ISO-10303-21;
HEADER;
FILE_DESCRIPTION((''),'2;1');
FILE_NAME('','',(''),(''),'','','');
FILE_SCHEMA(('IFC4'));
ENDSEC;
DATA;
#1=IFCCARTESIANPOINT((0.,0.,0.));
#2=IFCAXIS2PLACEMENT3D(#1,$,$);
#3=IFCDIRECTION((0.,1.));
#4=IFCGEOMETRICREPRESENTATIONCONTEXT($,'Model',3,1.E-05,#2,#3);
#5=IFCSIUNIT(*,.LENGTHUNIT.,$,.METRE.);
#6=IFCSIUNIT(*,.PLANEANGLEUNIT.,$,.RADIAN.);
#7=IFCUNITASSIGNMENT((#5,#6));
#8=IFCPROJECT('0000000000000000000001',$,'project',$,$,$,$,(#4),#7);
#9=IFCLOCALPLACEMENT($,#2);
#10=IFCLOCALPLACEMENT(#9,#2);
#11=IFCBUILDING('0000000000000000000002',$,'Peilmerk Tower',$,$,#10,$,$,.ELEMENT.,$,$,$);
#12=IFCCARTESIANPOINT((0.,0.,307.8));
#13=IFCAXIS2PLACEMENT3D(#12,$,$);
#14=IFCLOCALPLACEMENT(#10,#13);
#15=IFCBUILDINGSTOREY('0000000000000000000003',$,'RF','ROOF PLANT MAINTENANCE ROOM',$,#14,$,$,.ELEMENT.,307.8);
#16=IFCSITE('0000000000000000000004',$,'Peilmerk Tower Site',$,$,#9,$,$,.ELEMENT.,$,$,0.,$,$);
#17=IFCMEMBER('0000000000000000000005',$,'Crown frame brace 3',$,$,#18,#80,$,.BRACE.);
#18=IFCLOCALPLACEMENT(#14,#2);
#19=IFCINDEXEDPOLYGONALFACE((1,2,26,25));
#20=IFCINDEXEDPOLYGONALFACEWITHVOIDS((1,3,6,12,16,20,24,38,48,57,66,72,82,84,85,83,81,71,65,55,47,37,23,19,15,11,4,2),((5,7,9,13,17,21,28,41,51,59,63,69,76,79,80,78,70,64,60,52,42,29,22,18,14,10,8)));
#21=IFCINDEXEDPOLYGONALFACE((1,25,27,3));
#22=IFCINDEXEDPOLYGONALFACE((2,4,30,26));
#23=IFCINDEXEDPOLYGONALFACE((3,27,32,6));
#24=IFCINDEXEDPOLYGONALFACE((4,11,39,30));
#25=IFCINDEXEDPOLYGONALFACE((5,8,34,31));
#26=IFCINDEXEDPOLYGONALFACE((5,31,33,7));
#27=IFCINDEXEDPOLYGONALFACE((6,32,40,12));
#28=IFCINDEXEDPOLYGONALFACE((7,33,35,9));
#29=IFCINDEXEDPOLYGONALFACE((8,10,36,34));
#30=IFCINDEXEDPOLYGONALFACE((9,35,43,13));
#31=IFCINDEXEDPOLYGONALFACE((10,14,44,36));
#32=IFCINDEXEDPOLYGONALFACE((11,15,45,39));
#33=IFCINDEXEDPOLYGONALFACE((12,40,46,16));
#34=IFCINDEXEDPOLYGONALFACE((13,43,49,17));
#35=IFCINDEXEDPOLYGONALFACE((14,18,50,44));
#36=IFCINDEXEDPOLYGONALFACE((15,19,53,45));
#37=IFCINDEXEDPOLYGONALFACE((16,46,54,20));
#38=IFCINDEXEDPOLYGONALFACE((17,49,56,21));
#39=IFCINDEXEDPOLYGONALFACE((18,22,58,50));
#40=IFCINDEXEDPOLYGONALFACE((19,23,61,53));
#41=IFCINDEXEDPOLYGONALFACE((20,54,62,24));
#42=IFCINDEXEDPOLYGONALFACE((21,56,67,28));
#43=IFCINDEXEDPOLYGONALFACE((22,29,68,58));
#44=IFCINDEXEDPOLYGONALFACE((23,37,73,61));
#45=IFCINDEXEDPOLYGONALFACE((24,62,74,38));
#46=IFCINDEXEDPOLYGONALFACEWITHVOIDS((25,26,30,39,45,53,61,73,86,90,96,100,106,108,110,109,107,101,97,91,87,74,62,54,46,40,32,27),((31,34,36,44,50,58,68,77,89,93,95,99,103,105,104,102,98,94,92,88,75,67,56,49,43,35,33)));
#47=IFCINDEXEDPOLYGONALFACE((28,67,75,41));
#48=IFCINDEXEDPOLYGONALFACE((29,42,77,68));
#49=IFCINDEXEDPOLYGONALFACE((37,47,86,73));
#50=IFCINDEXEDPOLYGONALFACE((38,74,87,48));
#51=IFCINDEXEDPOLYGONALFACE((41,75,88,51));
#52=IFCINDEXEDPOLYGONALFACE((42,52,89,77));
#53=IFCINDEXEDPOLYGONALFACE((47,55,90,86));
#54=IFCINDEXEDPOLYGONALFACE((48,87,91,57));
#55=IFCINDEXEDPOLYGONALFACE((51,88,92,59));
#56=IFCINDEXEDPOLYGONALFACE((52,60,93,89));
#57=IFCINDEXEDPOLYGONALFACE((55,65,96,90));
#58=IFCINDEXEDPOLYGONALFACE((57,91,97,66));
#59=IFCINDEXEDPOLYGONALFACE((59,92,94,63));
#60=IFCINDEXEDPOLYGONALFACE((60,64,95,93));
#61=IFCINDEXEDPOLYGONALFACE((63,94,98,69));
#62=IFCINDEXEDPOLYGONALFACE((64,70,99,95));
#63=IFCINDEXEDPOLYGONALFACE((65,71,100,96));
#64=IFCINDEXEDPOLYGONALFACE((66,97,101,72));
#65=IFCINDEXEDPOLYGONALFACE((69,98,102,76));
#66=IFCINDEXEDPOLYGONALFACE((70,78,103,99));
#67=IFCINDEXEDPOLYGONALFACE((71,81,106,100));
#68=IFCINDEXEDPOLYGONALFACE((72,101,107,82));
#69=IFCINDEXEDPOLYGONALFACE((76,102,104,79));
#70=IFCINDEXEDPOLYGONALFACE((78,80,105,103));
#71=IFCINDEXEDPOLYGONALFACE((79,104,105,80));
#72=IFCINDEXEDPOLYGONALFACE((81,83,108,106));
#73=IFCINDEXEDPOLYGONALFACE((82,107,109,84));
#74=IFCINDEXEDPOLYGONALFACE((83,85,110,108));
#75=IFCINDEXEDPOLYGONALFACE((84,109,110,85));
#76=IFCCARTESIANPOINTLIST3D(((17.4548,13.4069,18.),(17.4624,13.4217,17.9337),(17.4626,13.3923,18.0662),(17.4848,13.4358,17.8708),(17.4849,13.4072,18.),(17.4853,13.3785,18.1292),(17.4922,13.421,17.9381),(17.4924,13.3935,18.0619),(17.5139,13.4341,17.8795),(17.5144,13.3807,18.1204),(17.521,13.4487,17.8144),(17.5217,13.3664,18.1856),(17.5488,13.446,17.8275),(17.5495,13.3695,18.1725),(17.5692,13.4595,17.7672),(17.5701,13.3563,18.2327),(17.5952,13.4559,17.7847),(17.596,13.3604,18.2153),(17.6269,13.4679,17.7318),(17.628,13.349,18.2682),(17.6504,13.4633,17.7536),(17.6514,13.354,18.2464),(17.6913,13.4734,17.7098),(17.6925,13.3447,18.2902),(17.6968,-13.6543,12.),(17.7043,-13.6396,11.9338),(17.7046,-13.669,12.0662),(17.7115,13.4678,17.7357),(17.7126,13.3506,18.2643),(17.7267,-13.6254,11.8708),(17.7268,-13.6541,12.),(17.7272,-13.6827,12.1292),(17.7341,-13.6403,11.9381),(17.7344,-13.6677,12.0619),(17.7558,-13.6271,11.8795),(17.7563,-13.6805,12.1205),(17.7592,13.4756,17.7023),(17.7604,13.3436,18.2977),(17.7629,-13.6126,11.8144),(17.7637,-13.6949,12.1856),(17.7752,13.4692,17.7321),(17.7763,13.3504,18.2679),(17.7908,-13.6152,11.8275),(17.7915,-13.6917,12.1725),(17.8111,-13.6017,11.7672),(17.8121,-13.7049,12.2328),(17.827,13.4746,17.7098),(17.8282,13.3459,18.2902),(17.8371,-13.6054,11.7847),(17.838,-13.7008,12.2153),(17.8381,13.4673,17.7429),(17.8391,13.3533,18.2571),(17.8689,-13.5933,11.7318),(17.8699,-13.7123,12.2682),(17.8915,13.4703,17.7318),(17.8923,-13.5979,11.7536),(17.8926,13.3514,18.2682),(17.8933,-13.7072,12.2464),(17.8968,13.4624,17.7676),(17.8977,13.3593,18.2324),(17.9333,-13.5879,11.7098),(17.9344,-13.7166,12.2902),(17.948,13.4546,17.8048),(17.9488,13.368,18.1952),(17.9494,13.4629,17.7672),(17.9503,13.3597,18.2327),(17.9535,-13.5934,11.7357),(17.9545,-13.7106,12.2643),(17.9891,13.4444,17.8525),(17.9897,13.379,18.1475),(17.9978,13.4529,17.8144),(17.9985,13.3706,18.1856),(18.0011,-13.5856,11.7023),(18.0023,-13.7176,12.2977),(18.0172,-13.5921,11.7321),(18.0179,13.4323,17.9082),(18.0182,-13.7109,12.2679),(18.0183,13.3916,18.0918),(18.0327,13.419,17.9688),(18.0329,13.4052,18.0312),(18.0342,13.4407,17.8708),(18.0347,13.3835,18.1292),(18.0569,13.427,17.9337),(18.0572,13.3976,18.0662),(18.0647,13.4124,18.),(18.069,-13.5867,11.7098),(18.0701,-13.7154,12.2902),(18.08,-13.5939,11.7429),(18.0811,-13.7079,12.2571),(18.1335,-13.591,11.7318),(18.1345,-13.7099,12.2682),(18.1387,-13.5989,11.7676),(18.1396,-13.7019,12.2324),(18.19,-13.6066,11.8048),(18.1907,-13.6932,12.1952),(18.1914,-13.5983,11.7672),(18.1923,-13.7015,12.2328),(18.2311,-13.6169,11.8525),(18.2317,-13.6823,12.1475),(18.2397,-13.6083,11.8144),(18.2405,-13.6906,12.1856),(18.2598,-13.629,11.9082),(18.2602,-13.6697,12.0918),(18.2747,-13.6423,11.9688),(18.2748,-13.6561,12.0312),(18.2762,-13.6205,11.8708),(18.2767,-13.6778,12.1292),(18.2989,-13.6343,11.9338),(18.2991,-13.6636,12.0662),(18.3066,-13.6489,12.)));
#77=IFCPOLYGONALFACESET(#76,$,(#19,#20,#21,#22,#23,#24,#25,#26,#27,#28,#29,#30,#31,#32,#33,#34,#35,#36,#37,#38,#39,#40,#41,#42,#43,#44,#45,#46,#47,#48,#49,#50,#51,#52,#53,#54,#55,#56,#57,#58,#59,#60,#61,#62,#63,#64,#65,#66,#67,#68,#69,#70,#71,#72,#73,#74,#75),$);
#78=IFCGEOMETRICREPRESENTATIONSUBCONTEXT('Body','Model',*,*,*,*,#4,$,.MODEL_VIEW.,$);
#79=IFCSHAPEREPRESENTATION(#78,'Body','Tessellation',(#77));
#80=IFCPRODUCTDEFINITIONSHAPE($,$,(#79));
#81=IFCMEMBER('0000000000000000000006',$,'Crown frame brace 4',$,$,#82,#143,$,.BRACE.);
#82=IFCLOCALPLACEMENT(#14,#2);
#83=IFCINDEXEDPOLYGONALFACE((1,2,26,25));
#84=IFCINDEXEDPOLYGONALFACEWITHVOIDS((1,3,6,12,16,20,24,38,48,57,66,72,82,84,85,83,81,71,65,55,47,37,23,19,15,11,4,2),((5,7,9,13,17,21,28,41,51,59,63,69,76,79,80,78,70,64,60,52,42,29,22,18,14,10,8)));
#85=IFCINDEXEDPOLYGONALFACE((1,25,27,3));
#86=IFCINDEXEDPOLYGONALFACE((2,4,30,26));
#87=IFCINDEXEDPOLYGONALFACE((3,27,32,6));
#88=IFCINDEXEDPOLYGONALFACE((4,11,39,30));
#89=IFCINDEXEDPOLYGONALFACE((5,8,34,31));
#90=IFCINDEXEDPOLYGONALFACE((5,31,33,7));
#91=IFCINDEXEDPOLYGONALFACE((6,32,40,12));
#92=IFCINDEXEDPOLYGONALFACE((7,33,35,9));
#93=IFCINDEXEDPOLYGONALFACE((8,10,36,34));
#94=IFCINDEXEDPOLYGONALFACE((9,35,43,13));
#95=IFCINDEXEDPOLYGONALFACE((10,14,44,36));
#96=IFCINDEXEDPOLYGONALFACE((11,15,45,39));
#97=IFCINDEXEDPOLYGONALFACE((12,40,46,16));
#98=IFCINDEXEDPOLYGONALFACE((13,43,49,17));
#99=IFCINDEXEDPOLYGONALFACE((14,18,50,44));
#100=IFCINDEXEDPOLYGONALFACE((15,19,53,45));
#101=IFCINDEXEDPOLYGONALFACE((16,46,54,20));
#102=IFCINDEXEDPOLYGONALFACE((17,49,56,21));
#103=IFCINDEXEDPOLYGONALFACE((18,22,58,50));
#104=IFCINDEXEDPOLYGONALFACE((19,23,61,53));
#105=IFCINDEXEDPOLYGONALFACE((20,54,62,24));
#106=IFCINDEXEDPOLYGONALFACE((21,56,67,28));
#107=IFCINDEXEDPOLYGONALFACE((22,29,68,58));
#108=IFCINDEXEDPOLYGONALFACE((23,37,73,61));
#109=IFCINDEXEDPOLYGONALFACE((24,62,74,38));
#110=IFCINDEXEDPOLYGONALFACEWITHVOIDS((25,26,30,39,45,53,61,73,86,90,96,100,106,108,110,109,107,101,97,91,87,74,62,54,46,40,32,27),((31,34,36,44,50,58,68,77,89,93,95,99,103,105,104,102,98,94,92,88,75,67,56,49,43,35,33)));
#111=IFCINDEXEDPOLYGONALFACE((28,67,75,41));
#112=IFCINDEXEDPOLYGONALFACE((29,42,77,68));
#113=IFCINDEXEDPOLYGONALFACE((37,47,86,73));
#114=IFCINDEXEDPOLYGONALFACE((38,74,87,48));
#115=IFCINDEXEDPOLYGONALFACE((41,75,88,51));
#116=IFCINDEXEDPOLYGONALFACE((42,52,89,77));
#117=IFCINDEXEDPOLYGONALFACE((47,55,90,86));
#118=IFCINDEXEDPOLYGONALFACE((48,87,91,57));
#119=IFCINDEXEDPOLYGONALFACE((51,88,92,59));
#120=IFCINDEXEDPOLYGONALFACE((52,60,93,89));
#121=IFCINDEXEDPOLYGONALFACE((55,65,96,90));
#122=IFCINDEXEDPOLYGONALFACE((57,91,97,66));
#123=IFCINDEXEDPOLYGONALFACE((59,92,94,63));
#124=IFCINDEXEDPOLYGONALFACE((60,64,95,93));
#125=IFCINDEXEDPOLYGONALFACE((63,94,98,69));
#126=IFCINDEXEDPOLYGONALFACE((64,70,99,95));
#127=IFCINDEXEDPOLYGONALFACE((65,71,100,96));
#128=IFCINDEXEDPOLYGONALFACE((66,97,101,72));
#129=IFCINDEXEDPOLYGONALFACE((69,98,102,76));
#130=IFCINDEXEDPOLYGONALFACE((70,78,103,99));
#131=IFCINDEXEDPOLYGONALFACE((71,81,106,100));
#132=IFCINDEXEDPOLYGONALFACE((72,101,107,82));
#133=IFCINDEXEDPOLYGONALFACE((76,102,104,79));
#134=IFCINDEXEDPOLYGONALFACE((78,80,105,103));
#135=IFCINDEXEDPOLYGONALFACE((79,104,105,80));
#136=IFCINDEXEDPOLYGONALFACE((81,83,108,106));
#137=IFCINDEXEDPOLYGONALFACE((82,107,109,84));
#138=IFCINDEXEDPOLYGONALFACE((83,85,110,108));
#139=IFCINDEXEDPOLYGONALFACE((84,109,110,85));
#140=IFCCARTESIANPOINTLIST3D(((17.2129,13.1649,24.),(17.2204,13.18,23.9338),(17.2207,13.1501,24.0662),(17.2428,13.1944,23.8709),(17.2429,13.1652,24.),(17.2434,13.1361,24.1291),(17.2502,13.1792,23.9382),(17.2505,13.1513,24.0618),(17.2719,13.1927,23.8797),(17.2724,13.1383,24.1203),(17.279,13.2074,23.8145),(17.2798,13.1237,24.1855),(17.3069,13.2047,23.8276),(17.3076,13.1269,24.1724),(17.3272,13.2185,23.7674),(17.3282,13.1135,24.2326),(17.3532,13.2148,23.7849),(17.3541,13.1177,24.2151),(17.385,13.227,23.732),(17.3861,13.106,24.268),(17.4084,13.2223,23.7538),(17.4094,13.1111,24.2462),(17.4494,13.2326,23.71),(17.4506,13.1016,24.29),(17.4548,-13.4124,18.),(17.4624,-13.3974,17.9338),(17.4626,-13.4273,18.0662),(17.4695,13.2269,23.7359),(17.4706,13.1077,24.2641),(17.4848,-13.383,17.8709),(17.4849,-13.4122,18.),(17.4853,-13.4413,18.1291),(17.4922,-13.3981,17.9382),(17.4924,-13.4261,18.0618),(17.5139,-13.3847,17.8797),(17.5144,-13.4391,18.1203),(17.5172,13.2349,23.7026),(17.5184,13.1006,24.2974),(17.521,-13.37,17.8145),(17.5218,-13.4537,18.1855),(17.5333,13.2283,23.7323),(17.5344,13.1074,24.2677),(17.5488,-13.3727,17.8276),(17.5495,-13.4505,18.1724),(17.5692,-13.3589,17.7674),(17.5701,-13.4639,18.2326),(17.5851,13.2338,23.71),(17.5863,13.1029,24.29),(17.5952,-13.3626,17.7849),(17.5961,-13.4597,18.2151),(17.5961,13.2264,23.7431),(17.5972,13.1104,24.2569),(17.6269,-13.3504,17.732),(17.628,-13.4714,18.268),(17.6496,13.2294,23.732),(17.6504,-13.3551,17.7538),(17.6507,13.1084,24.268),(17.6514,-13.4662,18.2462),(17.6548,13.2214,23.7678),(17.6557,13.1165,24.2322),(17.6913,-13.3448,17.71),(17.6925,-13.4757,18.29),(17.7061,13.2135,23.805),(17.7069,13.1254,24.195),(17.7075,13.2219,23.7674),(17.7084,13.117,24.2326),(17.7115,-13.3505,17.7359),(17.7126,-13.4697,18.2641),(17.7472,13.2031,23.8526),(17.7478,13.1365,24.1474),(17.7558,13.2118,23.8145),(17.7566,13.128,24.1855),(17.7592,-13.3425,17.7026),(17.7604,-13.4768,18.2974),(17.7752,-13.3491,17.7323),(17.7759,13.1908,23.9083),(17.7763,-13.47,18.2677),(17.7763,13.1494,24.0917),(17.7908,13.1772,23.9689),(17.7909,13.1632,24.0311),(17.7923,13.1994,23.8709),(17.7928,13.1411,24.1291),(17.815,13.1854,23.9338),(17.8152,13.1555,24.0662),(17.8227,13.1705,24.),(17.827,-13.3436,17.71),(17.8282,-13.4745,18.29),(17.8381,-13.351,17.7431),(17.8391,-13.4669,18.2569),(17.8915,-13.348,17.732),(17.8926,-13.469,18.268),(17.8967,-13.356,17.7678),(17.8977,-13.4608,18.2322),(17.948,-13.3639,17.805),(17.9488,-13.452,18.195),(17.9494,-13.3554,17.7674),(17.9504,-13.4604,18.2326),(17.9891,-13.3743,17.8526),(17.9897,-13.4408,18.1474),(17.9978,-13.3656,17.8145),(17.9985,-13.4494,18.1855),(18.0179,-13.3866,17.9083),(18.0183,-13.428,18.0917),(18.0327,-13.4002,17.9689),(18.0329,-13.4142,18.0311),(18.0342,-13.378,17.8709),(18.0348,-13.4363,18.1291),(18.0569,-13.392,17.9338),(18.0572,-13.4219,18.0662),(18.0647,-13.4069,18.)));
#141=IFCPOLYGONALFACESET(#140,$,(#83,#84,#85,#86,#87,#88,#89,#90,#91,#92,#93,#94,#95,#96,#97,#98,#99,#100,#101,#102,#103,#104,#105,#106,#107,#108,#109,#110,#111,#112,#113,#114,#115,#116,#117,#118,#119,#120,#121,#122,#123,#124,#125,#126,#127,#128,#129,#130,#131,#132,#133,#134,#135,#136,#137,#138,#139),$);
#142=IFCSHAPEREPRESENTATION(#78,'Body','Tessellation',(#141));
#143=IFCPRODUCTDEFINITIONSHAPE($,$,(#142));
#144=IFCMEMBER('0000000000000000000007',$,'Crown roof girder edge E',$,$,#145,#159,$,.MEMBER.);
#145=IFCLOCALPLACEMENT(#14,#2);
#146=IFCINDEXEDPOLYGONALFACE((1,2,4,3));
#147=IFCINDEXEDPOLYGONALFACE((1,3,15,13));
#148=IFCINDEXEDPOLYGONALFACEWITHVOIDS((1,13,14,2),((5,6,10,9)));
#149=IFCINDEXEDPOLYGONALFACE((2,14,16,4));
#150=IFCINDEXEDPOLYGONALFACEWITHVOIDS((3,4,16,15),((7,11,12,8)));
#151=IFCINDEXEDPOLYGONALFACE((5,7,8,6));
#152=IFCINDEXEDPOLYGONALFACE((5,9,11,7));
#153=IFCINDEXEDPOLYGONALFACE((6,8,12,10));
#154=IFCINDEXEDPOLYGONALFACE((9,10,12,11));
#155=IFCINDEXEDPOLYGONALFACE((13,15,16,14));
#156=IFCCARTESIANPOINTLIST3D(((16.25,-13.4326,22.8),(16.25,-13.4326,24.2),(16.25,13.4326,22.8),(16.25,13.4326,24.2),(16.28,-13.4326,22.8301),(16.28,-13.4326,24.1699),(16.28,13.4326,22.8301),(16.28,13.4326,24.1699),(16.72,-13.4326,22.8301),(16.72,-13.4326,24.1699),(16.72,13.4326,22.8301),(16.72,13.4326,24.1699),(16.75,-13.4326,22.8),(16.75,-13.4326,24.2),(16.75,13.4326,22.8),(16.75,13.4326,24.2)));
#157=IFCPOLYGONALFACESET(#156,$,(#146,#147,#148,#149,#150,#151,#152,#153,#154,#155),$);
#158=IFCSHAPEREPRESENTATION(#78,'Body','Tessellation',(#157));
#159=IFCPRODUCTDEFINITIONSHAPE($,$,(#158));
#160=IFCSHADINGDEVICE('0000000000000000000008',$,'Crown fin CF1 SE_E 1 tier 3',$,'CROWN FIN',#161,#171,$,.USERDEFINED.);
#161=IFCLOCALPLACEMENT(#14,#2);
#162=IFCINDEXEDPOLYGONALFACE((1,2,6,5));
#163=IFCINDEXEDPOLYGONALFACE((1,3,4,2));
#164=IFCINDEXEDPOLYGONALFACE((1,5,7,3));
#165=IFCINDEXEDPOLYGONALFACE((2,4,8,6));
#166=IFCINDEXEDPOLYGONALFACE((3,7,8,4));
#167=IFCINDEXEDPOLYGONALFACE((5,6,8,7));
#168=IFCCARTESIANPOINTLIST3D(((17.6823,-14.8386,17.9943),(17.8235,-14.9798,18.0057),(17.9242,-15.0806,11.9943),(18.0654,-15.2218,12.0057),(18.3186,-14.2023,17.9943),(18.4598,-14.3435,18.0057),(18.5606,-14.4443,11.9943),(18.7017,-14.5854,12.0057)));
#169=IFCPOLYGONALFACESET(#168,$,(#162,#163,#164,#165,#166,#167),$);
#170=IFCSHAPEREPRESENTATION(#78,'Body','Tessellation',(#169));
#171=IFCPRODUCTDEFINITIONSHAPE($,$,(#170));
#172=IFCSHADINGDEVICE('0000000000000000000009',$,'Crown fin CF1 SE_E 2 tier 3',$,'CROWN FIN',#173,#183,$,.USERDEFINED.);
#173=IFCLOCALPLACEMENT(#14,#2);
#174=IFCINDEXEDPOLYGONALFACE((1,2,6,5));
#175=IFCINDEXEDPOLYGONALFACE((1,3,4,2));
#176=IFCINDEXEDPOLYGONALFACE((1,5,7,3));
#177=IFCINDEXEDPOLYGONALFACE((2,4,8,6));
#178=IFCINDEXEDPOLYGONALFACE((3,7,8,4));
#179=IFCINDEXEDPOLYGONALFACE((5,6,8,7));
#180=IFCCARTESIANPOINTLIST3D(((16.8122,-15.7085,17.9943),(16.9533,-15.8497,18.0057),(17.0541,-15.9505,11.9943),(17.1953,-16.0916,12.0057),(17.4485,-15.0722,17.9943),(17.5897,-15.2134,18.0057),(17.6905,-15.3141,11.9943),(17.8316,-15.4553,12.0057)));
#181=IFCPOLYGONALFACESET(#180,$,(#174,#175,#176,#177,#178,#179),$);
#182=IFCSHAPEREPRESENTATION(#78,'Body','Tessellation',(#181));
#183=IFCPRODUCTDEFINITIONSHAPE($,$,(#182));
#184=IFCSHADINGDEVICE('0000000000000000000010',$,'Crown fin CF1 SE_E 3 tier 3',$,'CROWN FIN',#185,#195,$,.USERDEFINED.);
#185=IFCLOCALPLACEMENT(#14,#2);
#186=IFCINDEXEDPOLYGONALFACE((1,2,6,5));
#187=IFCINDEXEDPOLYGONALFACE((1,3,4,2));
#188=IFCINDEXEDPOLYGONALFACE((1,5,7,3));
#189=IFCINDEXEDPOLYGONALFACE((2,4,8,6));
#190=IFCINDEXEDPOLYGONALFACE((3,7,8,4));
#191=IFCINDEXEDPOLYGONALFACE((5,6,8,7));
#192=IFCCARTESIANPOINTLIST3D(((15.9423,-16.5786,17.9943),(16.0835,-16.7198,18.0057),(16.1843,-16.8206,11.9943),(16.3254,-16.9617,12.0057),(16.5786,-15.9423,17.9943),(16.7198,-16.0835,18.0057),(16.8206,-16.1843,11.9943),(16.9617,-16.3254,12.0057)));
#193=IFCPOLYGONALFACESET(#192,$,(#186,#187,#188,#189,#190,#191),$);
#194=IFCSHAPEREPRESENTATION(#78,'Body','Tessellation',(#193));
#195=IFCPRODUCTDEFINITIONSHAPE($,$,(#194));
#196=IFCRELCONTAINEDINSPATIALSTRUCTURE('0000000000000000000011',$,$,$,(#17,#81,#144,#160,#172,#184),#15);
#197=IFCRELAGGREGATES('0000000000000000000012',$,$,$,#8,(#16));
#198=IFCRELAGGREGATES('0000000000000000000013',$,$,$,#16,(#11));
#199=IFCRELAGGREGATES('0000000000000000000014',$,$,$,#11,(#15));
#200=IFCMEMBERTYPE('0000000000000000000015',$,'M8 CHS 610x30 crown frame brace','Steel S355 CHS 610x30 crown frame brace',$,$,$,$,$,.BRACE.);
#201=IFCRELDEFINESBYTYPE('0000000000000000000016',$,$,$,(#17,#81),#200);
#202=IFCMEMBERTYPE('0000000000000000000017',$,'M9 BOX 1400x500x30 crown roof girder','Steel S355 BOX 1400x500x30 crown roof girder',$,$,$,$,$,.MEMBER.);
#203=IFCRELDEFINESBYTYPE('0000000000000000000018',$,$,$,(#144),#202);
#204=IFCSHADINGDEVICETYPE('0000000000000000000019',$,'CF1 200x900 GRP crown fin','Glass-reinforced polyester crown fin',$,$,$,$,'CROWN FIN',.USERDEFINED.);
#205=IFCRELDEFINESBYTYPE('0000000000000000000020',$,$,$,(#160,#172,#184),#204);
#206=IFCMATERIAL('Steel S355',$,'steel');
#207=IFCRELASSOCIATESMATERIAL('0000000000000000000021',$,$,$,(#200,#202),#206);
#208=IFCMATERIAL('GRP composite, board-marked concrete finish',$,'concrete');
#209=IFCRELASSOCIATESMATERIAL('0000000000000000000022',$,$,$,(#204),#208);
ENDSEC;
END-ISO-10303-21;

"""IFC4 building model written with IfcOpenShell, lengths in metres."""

from ifc_helpers import new_model, si_unit, direction, frame, origin, origin_2d, place, context, subcontext, project, spatial, rectangle, hollow_rectangle, hollow_circle, extrude, source, transform, mapped, material, material_profile, profile_set, type_object, element, save


model = new_model("IFC4")

# Units and contexts
model_context = context("Model", 3, precision=1e-05, world=origin(), true_north=direction((0.0, 1.0)))
body_context = subcontext(model_context, "Body", "Model", "MODEL_VIEW")
ifc_project = project(units=[si_unit("LENGTHUNIT", "METRE"), si_unit("PLANEANGLEUNIT", "RADIAN")], contexts=[model_context])

# Site, building, storey
site_placement = place(None, origin())
site = spatial("IfcSite", under=ifc_project, at=site_placement, Name="Peilmerk Tower Site", CompositionType="ELEMENT", RefElevation=0.0)
building_placement = place(site_placement, origin())
building = spatial("IfcBuilding", under=site, at=building_placement, Name="Peilmerk Tower", CompositionType="ELEMENT")
storey_placement = place(building_placement, frame((0.0, 0.0, 307.8)))
storey = spatial("IfcBuildingStorey", under=building, at=storey_placement, Name="RF", Description="ROOF PLANT MAINTENANCE ROOM", CompositionType="ELEMENT", Elevation=307.8)

# Shared definitions
ifc_material_1 = material(Name="Steel S355", Category="steel")

# Members
ifc_material_profile_1 = material_profile(ifc_material_1, hollow_circle(Radius=0.3049, WallThickness=0.03, at=origin_2d()), Name="CHS 610x30")
ifc_profile_set_1 = profile_set([ifc_material_profile_1], Name="Steel S355")
member_type_1 = type_object("IfcMemberType", Name="M8 CHS 610x30 crown frame brace", Description="Steel S355 CHS 610x30 crown frame brace", PredefinedType="BRACE", material=ifc_profile_set_1)
member_1_placement = place(storey_placement, frame((18.0017, -13.6516, 12.0), z_axis=(-0.008728, 0.976254, 0.216454), x_axis=(-0.99996, -0.00894, 0.0)))
element("IfcMember", 1, at=member_1_placement, inside=storey, type_object=member_type_1, Name="Crown frame brace 3", PredefinedType="BRACE", context=body_context, shape_type="SweptSolid", body=[
    extrude(hollow_circle(Radius=0.3049, WallThickness=0.03, at=origin_2d()), origin(), (0.0, 0.0, 1.0), 27.7195),
])
member_2_placement = place(storey_placement, frame((17.7598, -13.4097, 18.0), z_axis=(-0.00888, 0.975413, 0.220205), x_axis=(-0.999959, -0.009103, 0.0)))
element("IfcMember", 2, at=member_2_placement, inside=storey, type_object=member_type_1, Name="Crown frame brace 4", PredefinedType="BRACE", context=body_context, shape_type="SweptSolid", body=[
    extrude(hollow_circle(Radius=0.3049, WallThickness=0.03, at=origin_2d()), origin(), (0.0, 0.0, 1.0), 27.2473),
])
ifc_material_profile_2 = material_profile(ifc_material_1, hollow_rectangle(XDim=0.5, YDim=1.3999, WallThickness=0.03, at=origin_2d()), Name="BOX 1400x500x30")
ifc_profile_set_2 = profile_set([ifc_material_profile_2], Name="Steel S355")
member_type_2 = type_object("IfcMemberType", Name="M9 BOX 1400x500x30 crown roof girder", Description="Steel S355 BOX 1400x500x30 crown roof girder", PredefinedType="MEMBER", material=ifc_profile_set_2)
member_3_placement = place(storey_placement, frame((16.5, -13.4326, 23.5), z_axis=(0.0, 1.0, 0.0), x_axis=(-1.0, 0.0, 0.0)))
element("IfcMember", 3, at=member_3_placement, inside=storey, type_object=member_type_2, Name="Crown roof girder edge E", PredefinedType="MEMBER", context=body_context, shape_type="SweptSolid", body=[
    extrude(hollow_rectangle(XDim=0.5, YDim=1.3999, WallThickness=0.03, at=origin_2d()), origin(), (0.0, 0.0, 1.0), 26.8652),
])

# Shading devices
ifc_material_2 = material(Name="GRP composite, board-marked concrete finish", Category="concrete")
ifc_material_profile_3 = material_profile(ifc_material_2, rectangle(XDim=0.2, YDim=0.8999, at=origin_2d()), Name="CF1 200x900")
ifc_profile_set_3 = profile_set([ifc_material_profile_3], Name="GRP composite, board-marked concrete finish")
shading_device_type = type_object("IfcShadingDeviceType", Name="CF1 200x900 GRP crown fin", Description="Glass-reinforced polyester crown fin", ElementType="CROWN FIN", PredefinedType="USERDEFINED", material=ifc_profile_set_3)
shared_shape_1 = source(origin(), body_context, "Body", "SweptSolid", [
    extrude(rectangle(XDim=0.2, YDim=0.8999, at=origin_2d()), origin(), (0.0, 0.0, 1.0), 6.0098),
])
for number, where, z_axis, x_axis, name in (
    (4, (18.313, -14.833, 12.0), (-0.040258, 0.040258, 0.998378), (0.70596, -0.70596, 0.056934), "Crown fin CF1 SE_E 1 tier 3"),
    (5, (17.4429, -15.7029, 12.0), (-0.040258, 0.040258, 0.998378), (0.70596, -0.70596, 0.056934), "Crown fin CF1 SE_E 2 tier 3"),
    (6, (16.573, -16.573, 12.0), (-0.040258, 0.040258, 0.998378), (0.70596, -0.70596, 0.056934), "Crown fin CF1 SE_E 3 tier 3"),
):
    element("IfcShadingDevice", number, at=place(storey_placement, frame(where, z_axis=z_axis, x_axis=x_axis)), inside=storey, type_object=shading_device_type, Name=name, ObjectType="CROWN FIN", PredefinedType="USERDEFINED", context=body_context, shape_type="MappedRepresentation", body=[
        mapped(shared_shape_1, transform((0.0, 0.0, 0.0), scale=1.0)),
    ])

save(model, "model.ifc")
